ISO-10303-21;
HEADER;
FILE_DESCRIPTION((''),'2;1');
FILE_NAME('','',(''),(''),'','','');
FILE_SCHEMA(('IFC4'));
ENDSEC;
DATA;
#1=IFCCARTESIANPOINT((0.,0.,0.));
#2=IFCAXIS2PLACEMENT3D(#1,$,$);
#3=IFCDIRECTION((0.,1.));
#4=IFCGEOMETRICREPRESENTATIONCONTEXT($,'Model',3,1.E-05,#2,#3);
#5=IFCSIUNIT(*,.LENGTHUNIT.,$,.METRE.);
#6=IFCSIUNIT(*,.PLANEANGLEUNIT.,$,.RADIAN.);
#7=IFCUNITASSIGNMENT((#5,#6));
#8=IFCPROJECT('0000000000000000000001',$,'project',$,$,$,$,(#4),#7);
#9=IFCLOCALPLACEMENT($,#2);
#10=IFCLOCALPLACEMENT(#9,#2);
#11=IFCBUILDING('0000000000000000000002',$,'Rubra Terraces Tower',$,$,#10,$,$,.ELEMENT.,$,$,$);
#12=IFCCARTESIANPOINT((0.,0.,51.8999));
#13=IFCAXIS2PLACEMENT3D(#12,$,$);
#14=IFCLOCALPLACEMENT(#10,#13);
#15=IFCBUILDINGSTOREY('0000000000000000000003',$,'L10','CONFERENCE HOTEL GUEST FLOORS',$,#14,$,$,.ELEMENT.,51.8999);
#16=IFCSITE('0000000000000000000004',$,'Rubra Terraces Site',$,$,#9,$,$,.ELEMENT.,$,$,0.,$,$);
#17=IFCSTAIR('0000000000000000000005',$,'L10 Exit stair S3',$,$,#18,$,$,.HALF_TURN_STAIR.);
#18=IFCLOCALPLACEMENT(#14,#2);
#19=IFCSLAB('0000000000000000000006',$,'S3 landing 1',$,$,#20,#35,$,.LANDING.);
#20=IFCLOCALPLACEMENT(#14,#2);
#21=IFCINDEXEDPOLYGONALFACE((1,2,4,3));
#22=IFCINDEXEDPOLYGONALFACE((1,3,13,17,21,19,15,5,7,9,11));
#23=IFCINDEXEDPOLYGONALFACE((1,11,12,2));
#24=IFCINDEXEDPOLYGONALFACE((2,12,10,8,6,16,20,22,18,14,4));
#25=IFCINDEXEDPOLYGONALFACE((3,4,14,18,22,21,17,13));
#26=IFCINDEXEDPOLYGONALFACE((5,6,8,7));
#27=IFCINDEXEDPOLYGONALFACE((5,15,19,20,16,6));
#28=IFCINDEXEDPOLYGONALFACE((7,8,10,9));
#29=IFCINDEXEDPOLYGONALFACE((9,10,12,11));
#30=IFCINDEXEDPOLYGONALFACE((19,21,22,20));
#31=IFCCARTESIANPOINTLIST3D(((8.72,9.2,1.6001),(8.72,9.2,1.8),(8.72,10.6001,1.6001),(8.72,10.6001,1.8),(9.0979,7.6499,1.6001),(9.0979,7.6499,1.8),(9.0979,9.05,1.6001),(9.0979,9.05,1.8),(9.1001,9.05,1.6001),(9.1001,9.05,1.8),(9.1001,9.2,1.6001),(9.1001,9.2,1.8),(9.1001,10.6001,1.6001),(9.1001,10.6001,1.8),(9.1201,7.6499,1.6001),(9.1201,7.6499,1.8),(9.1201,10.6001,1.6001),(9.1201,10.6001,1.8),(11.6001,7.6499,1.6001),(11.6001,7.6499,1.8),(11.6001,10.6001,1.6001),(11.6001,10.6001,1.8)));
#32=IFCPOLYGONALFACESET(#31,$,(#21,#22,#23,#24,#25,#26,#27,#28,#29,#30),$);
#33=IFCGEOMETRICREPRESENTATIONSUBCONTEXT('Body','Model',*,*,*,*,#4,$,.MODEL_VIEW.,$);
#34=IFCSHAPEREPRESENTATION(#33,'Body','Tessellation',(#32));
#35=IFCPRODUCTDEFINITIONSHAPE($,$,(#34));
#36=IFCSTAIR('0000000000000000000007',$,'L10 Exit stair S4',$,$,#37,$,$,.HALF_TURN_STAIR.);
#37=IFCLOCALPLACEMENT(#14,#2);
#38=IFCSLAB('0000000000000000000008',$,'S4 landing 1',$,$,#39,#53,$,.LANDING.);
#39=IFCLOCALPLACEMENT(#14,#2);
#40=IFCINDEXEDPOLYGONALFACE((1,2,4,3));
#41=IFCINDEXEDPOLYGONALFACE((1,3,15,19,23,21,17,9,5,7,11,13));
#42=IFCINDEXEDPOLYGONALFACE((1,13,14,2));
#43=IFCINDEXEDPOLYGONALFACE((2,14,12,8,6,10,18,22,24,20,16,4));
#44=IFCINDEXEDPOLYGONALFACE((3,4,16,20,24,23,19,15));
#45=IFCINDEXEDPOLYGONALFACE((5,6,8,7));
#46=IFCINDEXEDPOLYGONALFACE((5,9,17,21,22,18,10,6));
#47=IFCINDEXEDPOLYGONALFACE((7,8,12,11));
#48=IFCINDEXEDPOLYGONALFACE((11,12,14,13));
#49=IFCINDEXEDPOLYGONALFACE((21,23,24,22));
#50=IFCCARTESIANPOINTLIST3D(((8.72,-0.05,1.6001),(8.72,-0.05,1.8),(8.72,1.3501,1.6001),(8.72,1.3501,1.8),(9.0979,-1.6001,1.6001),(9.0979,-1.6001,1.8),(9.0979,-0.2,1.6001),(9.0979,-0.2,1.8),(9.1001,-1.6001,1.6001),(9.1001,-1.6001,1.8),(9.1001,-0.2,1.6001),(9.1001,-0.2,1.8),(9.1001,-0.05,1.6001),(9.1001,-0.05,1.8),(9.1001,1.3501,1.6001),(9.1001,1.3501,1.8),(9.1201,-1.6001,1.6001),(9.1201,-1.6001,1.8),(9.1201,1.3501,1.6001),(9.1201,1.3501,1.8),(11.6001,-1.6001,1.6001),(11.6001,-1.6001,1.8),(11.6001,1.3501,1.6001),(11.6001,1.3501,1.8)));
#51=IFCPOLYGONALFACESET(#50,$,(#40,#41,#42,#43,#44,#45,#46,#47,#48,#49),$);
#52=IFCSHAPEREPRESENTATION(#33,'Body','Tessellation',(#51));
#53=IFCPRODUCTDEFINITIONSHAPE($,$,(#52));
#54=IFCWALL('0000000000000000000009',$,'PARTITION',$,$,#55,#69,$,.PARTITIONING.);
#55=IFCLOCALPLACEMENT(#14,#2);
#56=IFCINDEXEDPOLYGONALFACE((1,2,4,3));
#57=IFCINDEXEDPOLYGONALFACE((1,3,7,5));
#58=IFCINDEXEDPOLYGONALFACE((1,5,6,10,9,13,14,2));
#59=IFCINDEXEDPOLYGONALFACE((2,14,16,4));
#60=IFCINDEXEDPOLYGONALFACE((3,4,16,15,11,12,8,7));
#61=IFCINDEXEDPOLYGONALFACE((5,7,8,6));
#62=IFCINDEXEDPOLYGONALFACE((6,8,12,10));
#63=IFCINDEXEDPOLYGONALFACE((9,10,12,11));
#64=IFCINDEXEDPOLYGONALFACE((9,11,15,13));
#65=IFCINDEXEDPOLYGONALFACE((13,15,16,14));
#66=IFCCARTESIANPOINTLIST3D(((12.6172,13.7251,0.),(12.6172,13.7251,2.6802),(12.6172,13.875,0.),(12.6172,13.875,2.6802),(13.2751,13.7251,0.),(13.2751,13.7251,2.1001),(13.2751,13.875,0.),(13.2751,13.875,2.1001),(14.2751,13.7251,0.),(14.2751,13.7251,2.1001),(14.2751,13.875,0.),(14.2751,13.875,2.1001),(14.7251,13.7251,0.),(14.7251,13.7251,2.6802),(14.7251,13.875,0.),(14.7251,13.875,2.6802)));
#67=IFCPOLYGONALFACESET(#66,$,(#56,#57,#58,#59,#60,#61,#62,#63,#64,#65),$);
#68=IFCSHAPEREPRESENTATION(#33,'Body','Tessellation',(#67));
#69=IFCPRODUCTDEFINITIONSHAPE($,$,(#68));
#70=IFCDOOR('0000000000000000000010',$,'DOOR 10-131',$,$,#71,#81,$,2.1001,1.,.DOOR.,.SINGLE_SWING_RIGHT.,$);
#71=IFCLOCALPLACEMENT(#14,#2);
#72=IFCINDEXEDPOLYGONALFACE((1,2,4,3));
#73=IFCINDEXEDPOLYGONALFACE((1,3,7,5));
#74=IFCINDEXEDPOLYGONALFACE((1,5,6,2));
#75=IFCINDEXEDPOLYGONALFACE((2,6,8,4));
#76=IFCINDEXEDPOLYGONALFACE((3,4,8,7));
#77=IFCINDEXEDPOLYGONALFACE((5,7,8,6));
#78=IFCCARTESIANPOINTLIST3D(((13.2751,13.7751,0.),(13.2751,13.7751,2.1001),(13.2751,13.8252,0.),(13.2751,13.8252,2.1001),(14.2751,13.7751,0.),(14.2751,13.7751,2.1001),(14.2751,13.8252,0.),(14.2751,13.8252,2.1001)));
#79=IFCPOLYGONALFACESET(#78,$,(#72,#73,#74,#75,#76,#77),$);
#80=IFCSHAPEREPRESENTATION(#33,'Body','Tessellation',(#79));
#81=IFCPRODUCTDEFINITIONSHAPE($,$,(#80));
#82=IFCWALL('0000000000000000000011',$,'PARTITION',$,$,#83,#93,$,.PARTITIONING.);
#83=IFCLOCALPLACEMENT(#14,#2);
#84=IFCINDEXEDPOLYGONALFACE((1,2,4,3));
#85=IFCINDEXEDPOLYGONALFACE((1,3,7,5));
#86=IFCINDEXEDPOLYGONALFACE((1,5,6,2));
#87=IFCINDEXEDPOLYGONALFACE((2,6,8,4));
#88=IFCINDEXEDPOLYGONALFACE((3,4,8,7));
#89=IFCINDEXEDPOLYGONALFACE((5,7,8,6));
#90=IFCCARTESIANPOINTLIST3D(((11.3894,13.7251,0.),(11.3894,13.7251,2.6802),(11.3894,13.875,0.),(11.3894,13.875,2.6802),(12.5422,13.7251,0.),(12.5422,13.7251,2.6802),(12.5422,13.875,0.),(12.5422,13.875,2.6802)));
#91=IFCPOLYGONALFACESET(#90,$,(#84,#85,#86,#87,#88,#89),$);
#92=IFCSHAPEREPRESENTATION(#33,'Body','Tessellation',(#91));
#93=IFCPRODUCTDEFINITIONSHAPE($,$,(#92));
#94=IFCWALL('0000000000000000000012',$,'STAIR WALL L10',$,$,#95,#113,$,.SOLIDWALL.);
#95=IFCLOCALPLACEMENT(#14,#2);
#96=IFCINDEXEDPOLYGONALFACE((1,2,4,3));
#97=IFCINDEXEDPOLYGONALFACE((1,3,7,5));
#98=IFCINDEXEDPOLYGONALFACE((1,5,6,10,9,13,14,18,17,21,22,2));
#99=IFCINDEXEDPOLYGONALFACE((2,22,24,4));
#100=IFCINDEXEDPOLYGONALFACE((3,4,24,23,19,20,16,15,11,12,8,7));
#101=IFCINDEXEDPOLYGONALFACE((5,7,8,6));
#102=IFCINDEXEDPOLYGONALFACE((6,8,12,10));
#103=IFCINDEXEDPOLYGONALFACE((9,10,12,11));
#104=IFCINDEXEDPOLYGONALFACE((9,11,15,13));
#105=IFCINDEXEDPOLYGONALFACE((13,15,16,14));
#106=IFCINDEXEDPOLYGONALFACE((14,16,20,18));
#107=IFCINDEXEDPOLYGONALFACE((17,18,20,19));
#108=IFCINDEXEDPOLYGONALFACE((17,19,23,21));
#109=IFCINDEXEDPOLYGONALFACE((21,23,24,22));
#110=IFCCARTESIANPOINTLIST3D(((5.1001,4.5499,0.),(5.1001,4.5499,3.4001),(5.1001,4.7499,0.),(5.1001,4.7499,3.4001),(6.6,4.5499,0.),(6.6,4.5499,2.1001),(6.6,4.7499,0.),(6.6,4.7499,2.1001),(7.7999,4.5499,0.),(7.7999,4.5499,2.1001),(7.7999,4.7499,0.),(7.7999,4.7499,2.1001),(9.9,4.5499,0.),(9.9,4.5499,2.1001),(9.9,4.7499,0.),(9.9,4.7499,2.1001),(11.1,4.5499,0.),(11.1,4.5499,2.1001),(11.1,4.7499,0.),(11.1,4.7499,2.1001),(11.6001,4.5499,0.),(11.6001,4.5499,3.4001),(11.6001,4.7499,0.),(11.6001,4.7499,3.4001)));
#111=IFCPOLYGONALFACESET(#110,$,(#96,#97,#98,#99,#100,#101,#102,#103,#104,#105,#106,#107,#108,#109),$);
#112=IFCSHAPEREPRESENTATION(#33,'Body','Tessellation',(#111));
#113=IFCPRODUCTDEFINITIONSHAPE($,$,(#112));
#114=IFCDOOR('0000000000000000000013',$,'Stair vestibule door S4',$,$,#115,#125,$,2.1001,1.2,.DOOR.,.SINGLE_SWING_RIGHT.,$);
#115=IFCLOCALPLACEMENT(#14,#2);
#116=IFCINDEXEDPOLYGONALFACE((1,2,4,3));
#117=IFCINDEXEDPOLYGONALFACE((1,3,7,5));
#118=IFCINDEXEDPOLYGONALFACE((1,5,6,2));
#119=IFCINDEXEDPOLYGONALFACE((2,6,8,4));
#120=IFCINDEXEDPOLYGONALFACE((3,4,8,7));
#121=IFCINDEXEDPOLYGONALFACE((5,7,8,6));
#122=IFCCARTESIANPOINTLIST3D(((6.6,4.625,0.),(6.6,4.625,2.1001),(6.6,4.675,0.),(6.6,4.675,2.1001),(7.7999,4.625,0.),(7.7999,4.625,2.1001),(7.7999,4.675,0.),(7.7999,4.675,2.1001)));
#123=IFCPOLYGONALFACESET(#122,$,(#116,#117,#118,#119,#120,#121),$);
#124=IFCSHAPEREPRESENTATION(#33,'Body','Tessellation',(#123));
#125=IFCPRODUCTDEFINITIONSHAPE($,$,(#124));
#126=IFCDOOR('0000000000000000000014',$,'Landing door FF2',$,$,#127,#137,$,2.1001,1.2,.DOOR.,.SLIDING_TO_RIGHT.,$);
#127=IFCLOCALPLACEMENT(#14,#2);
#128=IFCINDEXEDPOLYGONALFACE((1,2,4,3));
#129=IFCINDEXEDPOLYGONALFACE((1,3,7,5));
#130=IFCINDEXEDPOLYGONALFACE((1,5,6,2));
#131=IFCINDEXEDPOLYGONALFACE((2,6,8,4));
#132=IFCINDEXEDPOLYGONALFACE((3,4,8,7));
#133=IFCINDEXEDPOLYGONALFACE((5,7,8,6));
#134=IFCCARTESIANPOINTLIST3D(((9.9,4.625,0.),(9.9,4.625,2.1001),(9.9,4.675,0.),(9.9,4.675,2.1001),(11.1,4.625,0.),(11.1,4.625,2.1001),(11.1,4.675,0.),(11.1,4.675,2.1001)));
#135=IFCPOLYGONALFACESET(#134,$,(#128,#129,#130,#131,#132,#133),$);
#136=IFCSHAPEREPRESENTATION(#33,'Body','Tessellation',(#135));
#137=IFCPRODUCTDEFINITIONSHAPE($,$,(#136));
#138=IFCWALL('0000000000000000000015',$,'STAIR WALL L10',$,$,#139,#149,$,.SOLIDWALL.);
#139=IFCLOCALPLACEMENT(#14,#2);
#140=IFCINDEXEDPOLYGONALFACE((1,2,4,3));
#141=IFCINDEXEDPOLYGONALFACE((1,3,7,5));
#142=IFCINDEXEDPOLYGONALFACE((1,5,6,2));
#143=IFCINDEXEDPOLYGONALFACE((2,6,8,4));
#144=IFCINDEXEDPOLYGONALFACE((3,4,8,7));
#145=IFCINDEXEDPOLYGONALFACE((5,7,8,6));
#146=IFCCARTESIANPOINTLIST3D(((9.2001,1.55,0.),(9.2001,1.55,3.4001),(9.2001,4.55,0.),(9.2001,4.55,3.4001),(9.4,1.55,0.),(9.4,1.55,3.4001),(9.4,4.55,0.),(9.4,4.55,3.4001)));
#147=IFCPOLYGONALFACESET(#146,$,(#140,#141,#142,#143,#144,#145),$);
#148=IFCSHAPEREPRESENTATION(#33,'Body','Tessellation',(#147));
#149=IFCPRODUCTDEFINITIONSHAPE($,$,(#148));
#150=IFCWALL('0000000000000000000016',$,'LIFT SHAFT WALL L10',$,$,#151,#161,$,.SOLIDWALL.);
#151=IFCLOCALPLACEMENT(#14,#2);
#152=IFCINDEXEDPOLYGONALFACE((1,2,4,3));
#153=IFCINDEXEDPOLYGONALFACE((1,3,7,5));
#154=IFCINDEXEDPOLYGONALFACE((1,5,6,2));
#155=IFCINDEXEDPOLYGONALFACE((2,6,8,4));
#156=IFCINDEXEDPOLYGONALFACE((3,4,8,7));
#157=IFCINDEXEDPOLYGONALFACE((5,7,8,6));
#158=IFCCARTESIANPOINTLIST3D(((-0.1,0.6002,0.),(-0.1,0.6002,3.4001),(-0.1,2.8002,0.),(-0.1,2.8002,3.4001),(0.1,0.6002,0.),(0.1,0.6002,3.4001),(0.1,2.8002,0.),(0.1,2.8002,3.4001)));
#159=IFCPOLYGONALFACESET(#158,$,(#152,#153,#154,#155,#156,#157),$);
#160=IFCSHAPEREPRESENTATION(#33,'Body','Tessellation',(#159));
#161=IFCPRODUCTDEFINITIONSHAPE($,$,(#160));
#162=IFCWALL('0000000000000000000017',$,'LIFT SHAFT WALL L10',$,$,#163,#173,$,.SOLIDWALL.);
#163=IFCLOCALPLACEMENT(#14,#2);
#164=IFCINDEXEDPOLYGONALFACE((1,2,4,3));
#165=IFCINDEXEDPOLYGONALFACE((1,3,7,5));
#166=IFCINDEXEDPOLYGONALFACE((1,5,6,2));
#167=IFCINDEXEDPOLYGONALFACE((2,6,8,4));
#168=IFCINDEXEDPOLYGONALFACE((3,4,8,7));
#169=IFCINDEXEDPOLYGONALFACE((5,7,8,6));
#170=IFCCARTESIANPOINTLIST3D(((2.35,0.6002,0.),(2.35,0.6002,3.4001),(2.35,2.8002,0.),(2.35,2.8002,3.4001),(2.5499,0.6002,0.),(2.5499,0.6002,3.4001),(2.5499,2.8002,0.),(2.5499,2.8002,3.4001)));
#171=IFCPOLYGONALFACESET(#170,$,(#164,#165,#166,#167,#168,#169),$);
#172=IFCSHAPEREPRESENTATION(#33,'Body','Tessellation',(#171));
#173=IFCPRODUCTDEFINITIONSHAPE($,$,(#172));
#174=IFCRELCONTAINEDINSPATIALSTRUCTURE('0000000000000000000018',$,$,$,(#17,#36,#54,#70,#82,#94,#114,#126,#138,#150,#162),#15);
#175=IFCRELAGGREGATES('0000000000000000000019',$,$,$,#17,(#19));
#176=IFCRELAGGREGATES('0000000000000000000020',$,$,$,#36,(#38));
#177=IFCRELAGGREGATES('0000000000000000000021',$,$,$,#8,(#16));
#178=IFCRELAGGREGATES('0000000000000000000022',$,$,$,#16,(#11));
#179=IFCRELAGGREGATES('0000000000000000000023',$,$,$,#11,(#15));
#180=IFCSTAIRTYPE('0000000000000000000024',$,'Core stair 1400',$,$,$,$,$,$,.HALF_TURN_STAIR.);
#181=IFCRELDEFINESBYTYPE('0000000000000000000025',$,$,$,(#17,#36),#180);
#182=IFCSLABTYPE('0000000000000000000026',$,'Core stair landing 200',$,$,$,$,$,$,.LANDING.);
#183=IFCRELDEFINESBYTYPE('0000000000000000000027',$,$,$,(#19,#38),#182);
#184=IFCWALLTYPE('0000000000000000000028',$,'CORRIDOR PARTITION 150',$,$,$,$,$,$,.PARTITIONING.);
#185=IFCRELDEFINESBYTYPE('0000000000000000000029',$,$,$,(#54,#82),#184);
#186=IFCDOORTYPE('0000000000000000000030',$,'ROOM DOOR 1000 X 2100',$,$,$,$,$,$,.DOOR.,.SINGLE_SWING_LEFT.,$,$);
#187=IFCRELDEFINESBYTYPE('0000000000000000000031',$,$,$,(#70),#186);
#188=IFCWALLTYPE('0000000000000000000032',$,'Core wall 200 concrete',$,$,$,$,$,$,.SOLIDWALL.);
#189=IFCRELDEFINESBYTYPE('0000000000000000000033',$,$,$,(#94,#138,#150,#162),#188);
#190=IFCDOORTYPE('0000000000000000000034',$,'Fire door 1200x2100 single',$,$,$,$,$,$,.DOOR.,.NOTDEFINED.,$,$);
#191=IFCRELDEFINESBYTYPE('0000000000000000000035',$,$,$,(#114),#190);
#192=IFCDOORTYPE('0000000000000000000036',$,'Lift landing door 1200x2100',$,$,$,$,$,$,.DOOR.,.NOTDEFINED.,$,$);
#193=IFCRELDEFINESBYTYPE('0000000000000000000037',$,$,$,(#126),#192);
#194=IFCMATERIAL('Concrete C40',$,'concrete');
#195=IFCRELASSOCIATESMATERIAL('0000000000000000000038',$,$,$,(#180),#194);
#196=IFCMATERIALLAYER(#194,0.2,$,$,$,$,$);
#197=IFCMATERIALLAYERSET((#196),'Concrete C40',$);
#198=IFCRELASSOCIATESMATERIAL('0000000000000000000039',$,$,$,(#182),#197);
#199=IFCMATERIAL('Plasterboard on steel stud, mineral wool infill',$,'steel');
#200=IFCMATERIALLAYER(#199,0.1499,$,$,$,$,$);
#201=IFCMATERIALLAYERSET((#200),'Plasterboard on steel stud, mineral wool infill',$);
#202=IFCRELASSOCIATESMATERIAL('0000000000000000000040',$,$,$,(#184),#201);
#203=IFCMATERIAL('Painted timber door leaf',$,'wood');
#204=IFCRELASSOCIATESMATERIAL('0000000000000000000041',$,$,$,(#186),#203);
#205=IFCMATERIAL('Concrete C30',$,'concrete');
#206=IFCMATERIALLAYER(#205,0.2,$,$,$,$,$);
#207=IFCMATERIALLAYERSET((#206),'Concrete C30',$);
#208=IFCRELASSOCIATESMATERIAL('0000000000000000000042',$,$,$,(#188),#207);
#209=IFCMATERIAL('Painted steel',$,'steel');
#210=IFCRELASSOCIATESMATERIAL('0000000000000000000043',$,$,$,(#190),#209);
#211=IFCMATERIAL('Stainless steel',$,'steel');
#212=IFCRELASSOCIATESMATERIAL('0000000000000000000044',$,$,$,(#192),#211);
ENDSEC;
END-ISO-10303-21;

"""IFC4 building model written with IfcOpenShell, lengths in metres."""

from ifc_helpers import new_model, si_unit, direction, frame, frame_2d, origin, place, context, subcontext, project, spatial, polyline, rectangle, outline, extrude, material, layer, layer_set, type_object, element, fill, aggregate, save


model = new_model("IFC4")

# Units and contexts
model_context = context("Model", 3, precision=1e-05, world=origin(), true_north=direction((0.0, 1.0)))
body_context = subcontext(model_context, "Body", "Model", "MODEL_VIEW")
ifc_project = project(units=[si_unit("LENGTHUNIT", "METRE"), si_unit("PLANEANGLEUNIT", "RADIAN")], contexts=[model_context])

# Site, building, storey
site_placement = place(None, origin())
site = spatial("IfcSite", under=ifc_project, at=site_placement, Name="Rubra Terraces Site", CompositionType="ELEMENT", RefElevation=0.0)
building_placement = place(site_placement, origin())
building = spatial("IfcBuilding", under=site, at=building_placement, Name="Rubra Terraces Tower", CompositionType="ELEMENT")
storey_placement = place(building_placement, frame((0.0, 0.0, 51.8999)))
storey = spatial("IfcBuildingStorey", under=building, at=storey_placement, Name="L10", Description="CONFERENCE HOTEL GUEST FLOORS", CompositionType="ELEMENT", Elevation=51.8999)

# Stairs, slabs
ifc_material_1 = material(Name="Concrete C40", Category="concrete")
stair_type = type_object("IfcStairType", Name="Core stair 1400", PredefinedType="HALF_TURN_STAIR", material=ifc_material_1)
stair_1_placement = place(storey_placement, origin())
stair_1 = element("IfcStair", 1, at=stair_1_placement, inside=storey, type_object=stair_type, Name="L10 Exit stair S3", PredefinedType="HALF_TURN_STAIR")
ifc_layer_1 = layer(ifc_material_1, 0.2)
ifc_layer_set_1 = layer_set([ifc_layer_1], Name="Concrete C40")
slab_type = type_object("IfcSlabType", Name="Core stair landing 200", PredefinedType="LANDING", material=ifc_layer_set_1)
slab_1_placement = place(storey_placement, frame((0.0, 0.0, 1.6001)))
slab_1 = element("IfcSlab", 2, at=slab_1_placement, type_object=slab_type, Name="S3 landing 1", PredefinedType="LANDING", context=body_context, shape_type="SweptSolid", body=[
    extrude(outline(polyline([(9.1001, 9.05), (9.1001, 9.2), (8.72, 9.2), (8.72, 10.6001), (9.1001, 10.6001), (9.1201, 10.6001), (11.6001, 10.6001), (11.6001, 7.6499), (9.1201, 7.6499), (9.0979, 7.6499), (9.0979, 9.05), (9.1001, 9.05)])), origin(), (0.0, 0.0, 1.0), 0.2),
])
stair_2_placement = place(storey_placement, origin())
stair_2 = element("IfcStair", 3, at=stair_2_placement, inside=storey, type_object=stair_type, Name="L10 Exit stair S4", PredefinedType="HALF_TURN_STAIR")
slab_2_placement = place(storey_placement, frame((0.0, 0.0, 1.6001)))
slab_2 = element("IfcSlab", 4, at=slab_2_placement, type_object=slab_type, Name="S4 landing 1", PredefinedType="LANDING", context=body_context, shape_type="SweptSolid", body=[
    extrude(outline(polyline([(9.1001, -0.2), (9.1001, -0.05), (8.72, -0.05), (8.72, 1.3501), (9.1001, 1.3501), (9.1201, 1.3501), (11.6001, 1.3501), (11.6001, -1.6001), (9.1201, -1.6001), (9.1001, -1.6001), (9.0979, -1.6001), (9.0979, -0.2), (9.1001, -0.2)])), origin(), (0.0, 0.0, 1.0), 0.2),
])

# Wall, opening, door
ifc_material_2 = material(Name="Plasterboard on steel stud, mineral wool infill", Category="steel")
ifc_layer_2 = layer(ifc_material_2, 0.1499)
ifc_layer_set_2 = layer_set([ifc_layer_2], Name="Plasterboard on steel stud, mineral wool infill")
wall_type_1 = type_object("IfcWallType", Name="CORRIDOR PARTITION 150", PredefinedType="PARTITIONING", material=ifc_layer_set_2)
wall_1_placement = place(storey_placement, frame((14.7251, 13.8, 0.0), z_axis=(0.0, 0.0, 1.0), x_axis=(-1.0, 0.0, 0.0)))
wall_1 = element("IfcWall", 5, at=wall_1_placement, inside=storey, type_object=wall_type_1, Name="PARTITION", PredefinedType="PARTITIONING", context=body_context, shape_type="SweptSolid", body=[
    extrude(rectangle(XDim=2.1079, YDim=0.1499, at=frame_2d((1.054, 0.0))), origin(), (0.0, 0.0, 1.0), 2.6802),
])
opening_1_placement = place(wall_1_placement, frame((0.45, 0.0, 0.0)))
opening_1 = element("IfcOpeningElement", 6, at=opening_1_placement, cuts=wall_1, PredefinedType="OPENING", context=body_context, shape_type="SweptSolid", body=[
    extrude(rectangle(XDim=1.0, YDim=2.1001, at=frame_2d((0.5, 1.05))), frame((0.0, 0.085, 0.0), z_axis=(0.0, -1.0, 0.0), x_axis=(1.0, 0.0, 0.0)), (0.0, 0.0, 1.0), 0.1699),
])
ifc_material_3 = material(Name="Painted timber door leaf", Category="wood")
door_type_1 = type_object("IfcDoorType", Name="ROOM DOOR 1000 X 2100", OperationType="SINGLE_SWING_LEFT", PredefinedType="DOOR", material=ifc_material_3)
door_1_placement = place(opening_1_placement, origin())
door_1 = element("IfcDoor", 7, at=door_1_placement, inside=storey, type_object=door_type_1, Name="DOOR 10-131", OperationType="SINGLE_SWING_RIGHT", OverallHeight=2.1001, OverallWidth=1.0, PredefinedType="DOOR", context=body_context, shape_type="SweptSolid", body=[
    extrude(rectangle(XDim=1.0, YDim=2.1001, at=frame_2d((0.5, 1.05))), frame((0.0, 0.0249, 0.0), z_axis=(0.0, -1.0, 0.0), x_axis=(1.0, 0.0, 0.0)), (0.0, 0.0, 1.0), 0.05),
])
fill(opening_1, door_1)

# Wall
wall_2_placement = place(storey_placement, frame((12.5422, 13.8, 0.0), z_axis=(0.0, 0.0, 1.0), x_axis=(-1.0, 0.0, 0.0)))
element("IfcWall", 8, at=wall_2_placement, inside=storey, type_object=wall_type_1, Name="PARTITION", PredefinedType="PARTITIONING", context=body_context, shape_type="SweptSolid", body=[
    extrude(rectangle(XDim=1.1528, YDim=0.1499, at=frame_2d((0.5764, 0.0))), origin(), (0.0, 0.0, 1.0), 2.6802),
])

# Wall, openings, doors
ifc_material_4 = material(Name="Concrete C30", Category="concrete")
ifc_layer_3 = layer(ifc_material_4, 0.2)
ifc_layer_set_3 = layer_set([ifc_layer_3], Name="Concrete C30")
wall_type_2 = type_object("IfcWallType", Name="Core wall 200 concrete", PredefinedType="SOLIDWALL", material=ifc_layer_set_3)
wall_3_placement = place(storey_placement, frame((11.6001, 4.6499, 0.0), z_axis=(0.0, 0.0, 1.0), x_axis=(-1.0, 0.0, 0.0)))
wall_3 = element("IfcWall", 9, at=wall_3_placement, inside=storey, type_object=wall_type_2, Name="STAIR WALL L10", PredefinedType="SOLIDWALL", context=body_context, shape_type="SweptSolid", body=[
    extrude(rectangle(XDim=6.5, YDim=0.2, at=frame_2d((3.25, 0.0))), origin(), (0.0, 0.0, 1.0), 3.4001),
])
opening_2_placement = place(wall_3_placement, frame((3.8, 0.0, 0.0)))
opening_2 = element("IfcOpeningElement", 10, at=opening_2_placement, cuts=wall_3, PredefinedType="OPENING", context=body_context, shape_type="SweptSolid", body=[
    extrude(rectangle(XDim=1.2, YDim=2.1001, at=frame_2d((0.6001, 1.05))), frame((0.0, 0.1099, 0.0), z_axis=(0.0, -1.0, 0.0), x_axis=(1.0, 0.0, 0.0)), (0.0, 0.0, 1.0), 0.22),
])
opening_3_placement = place(wall_3_placement, frame((0.5, 0.0, 0.0)))
opening_3 = element("IfcOpeningElement", 11, at=opening_3_placement, cuts=wall_3, PredefinedType="OPENING", context=body_context, shape_type="SweptSolid", body=[
    extrude(rectangle(XDim=1.2, YDim=2.1001, at=frame_2d((0.6001, 1.05))), frame((0.0, 0.1099, 0.0), z_axis=(0.0, -1.0, 0.0), x_axis=(1.0, 0.0, 0.0)), (0.0, 0.0, 1.0), 0.22),
])
ifc_material_5 = material(Name="Painted steel", Category="steel")
door_type_2 = type_object("IfcDoorType", Name="Fire door 1200x2100 single", OperationType="NOTDEFINED", PredefinedType="DOOR", material=ifc_material_5)
door_2_placement = place(opening_2_placement, origin())
door_2 = element("IfcDoor", 12, at=door_2_placement, inside=storey, type_object=door_type_2, Name="Stair vestibule door S4", OperationType="SINGLE_SWING_RIGHT", OverallHeight=2.1001, OverallWidth=1.2, PredefinedType="DOOR", context=body_context, shape_type="SweptSolid", body=[
    extrude(rectangle(XDim=1.2, YDim=2.1001, at=frame_2d((0.6001, 1.05))), frame((0.0, 0.0249, 0.0), z_axis=(0.0, -1.0, 0.0), x_axis=(1.0, 0.0, 0.0)), (0.0, 0.0, 1.0), 0.05),
])
fill(opening_2, door_2)
ifc_material_6 = material(Name="Stainless steel", Category="steel")
door_type_3 = type_object("IfcDoorType", Name="Lift landing door 1200x2100", OperationType="NOTDEFINED", PredefinedType="DOOR", material=ifc_material_6)
door_3_placement = place(opening_3_placement, origin())
door_3 = element("IfcDoor", 13, at=door_3_placement, inside=storey, type_object=door_type_3, Name="Landing door FF2", OperationType="SLIDING_TO_RIGHT", OverallHeight=2.1001, OverallWidth=1.2, PredefinedType="DOOR", context=body_context, shape_type="SweptSolid", body=[
    extrude(rectangle(XDim=1.2, YDim=2.1001, at=frame_2d((0.6001, 1.05))), frame((0.0, 0.0249, 0.0), z_axis=(0.0, -1.0, 0.0), x_axis=(1.0, 0.0, 0.0)), (0.0, 0.0, 1.0), 0.05),
])
fill(opening_3, door_3)

# Walls
wall_4_placement = place(storey_placement, frame((9.3, 4.55, 0.0), z_axis=(0.0, 0.0, 1.0), x_axis=(0.0, -1.0, 0.0)))
element("IfcWall", 14, at=wall_4_placement, inside=storey, type_object=wall_type_2, Name="STAIR WALL L10", PredefinedType="SOLIDWALL", context=body_context, shape_type="SweptSolid", body=[
    extrude(rectangle(XDim=3.0, YDim=0.2, at=frame_2d((1.5, 0.0))), origin(), (0.0, 0.0, 1.0), 3.4001),
])
for number, where, z_axis, x_axis, name in (
    (15, (0.0, 0.6001, 0.0), (0.0, 0.0, 1.0), (0.0, 1.0, 0.0), "LIFT SHAFT WALL L10"),
    (16, (2.45, 0.6001, 0.0), (0.0, 0.0, 1.0), (0.0, 1.0, 0.0), "LIFT SHAFT WALL L10"),
):
    element("IfcWall", number, at=place(storey_placement, frame(where, z_axis=z_axis, x_axis=x_axis)), inside=storey, type_object=wall_type_2, Name=name, PredefinedType="SOLIDWALL", context=body_context, shape_type="SweptSolid", body=[
        extrude(rectangle(XDim=2.2, YDim=0.2, at=frame_2d((1.1001, 0.0))), origin(), (0.0, 0.0, 1.0), 3.4001),
    ])

aggregate(stair_1, [slab_1])
aggregate(stair_2, [slab_2])

save(model, "model.ifc")
